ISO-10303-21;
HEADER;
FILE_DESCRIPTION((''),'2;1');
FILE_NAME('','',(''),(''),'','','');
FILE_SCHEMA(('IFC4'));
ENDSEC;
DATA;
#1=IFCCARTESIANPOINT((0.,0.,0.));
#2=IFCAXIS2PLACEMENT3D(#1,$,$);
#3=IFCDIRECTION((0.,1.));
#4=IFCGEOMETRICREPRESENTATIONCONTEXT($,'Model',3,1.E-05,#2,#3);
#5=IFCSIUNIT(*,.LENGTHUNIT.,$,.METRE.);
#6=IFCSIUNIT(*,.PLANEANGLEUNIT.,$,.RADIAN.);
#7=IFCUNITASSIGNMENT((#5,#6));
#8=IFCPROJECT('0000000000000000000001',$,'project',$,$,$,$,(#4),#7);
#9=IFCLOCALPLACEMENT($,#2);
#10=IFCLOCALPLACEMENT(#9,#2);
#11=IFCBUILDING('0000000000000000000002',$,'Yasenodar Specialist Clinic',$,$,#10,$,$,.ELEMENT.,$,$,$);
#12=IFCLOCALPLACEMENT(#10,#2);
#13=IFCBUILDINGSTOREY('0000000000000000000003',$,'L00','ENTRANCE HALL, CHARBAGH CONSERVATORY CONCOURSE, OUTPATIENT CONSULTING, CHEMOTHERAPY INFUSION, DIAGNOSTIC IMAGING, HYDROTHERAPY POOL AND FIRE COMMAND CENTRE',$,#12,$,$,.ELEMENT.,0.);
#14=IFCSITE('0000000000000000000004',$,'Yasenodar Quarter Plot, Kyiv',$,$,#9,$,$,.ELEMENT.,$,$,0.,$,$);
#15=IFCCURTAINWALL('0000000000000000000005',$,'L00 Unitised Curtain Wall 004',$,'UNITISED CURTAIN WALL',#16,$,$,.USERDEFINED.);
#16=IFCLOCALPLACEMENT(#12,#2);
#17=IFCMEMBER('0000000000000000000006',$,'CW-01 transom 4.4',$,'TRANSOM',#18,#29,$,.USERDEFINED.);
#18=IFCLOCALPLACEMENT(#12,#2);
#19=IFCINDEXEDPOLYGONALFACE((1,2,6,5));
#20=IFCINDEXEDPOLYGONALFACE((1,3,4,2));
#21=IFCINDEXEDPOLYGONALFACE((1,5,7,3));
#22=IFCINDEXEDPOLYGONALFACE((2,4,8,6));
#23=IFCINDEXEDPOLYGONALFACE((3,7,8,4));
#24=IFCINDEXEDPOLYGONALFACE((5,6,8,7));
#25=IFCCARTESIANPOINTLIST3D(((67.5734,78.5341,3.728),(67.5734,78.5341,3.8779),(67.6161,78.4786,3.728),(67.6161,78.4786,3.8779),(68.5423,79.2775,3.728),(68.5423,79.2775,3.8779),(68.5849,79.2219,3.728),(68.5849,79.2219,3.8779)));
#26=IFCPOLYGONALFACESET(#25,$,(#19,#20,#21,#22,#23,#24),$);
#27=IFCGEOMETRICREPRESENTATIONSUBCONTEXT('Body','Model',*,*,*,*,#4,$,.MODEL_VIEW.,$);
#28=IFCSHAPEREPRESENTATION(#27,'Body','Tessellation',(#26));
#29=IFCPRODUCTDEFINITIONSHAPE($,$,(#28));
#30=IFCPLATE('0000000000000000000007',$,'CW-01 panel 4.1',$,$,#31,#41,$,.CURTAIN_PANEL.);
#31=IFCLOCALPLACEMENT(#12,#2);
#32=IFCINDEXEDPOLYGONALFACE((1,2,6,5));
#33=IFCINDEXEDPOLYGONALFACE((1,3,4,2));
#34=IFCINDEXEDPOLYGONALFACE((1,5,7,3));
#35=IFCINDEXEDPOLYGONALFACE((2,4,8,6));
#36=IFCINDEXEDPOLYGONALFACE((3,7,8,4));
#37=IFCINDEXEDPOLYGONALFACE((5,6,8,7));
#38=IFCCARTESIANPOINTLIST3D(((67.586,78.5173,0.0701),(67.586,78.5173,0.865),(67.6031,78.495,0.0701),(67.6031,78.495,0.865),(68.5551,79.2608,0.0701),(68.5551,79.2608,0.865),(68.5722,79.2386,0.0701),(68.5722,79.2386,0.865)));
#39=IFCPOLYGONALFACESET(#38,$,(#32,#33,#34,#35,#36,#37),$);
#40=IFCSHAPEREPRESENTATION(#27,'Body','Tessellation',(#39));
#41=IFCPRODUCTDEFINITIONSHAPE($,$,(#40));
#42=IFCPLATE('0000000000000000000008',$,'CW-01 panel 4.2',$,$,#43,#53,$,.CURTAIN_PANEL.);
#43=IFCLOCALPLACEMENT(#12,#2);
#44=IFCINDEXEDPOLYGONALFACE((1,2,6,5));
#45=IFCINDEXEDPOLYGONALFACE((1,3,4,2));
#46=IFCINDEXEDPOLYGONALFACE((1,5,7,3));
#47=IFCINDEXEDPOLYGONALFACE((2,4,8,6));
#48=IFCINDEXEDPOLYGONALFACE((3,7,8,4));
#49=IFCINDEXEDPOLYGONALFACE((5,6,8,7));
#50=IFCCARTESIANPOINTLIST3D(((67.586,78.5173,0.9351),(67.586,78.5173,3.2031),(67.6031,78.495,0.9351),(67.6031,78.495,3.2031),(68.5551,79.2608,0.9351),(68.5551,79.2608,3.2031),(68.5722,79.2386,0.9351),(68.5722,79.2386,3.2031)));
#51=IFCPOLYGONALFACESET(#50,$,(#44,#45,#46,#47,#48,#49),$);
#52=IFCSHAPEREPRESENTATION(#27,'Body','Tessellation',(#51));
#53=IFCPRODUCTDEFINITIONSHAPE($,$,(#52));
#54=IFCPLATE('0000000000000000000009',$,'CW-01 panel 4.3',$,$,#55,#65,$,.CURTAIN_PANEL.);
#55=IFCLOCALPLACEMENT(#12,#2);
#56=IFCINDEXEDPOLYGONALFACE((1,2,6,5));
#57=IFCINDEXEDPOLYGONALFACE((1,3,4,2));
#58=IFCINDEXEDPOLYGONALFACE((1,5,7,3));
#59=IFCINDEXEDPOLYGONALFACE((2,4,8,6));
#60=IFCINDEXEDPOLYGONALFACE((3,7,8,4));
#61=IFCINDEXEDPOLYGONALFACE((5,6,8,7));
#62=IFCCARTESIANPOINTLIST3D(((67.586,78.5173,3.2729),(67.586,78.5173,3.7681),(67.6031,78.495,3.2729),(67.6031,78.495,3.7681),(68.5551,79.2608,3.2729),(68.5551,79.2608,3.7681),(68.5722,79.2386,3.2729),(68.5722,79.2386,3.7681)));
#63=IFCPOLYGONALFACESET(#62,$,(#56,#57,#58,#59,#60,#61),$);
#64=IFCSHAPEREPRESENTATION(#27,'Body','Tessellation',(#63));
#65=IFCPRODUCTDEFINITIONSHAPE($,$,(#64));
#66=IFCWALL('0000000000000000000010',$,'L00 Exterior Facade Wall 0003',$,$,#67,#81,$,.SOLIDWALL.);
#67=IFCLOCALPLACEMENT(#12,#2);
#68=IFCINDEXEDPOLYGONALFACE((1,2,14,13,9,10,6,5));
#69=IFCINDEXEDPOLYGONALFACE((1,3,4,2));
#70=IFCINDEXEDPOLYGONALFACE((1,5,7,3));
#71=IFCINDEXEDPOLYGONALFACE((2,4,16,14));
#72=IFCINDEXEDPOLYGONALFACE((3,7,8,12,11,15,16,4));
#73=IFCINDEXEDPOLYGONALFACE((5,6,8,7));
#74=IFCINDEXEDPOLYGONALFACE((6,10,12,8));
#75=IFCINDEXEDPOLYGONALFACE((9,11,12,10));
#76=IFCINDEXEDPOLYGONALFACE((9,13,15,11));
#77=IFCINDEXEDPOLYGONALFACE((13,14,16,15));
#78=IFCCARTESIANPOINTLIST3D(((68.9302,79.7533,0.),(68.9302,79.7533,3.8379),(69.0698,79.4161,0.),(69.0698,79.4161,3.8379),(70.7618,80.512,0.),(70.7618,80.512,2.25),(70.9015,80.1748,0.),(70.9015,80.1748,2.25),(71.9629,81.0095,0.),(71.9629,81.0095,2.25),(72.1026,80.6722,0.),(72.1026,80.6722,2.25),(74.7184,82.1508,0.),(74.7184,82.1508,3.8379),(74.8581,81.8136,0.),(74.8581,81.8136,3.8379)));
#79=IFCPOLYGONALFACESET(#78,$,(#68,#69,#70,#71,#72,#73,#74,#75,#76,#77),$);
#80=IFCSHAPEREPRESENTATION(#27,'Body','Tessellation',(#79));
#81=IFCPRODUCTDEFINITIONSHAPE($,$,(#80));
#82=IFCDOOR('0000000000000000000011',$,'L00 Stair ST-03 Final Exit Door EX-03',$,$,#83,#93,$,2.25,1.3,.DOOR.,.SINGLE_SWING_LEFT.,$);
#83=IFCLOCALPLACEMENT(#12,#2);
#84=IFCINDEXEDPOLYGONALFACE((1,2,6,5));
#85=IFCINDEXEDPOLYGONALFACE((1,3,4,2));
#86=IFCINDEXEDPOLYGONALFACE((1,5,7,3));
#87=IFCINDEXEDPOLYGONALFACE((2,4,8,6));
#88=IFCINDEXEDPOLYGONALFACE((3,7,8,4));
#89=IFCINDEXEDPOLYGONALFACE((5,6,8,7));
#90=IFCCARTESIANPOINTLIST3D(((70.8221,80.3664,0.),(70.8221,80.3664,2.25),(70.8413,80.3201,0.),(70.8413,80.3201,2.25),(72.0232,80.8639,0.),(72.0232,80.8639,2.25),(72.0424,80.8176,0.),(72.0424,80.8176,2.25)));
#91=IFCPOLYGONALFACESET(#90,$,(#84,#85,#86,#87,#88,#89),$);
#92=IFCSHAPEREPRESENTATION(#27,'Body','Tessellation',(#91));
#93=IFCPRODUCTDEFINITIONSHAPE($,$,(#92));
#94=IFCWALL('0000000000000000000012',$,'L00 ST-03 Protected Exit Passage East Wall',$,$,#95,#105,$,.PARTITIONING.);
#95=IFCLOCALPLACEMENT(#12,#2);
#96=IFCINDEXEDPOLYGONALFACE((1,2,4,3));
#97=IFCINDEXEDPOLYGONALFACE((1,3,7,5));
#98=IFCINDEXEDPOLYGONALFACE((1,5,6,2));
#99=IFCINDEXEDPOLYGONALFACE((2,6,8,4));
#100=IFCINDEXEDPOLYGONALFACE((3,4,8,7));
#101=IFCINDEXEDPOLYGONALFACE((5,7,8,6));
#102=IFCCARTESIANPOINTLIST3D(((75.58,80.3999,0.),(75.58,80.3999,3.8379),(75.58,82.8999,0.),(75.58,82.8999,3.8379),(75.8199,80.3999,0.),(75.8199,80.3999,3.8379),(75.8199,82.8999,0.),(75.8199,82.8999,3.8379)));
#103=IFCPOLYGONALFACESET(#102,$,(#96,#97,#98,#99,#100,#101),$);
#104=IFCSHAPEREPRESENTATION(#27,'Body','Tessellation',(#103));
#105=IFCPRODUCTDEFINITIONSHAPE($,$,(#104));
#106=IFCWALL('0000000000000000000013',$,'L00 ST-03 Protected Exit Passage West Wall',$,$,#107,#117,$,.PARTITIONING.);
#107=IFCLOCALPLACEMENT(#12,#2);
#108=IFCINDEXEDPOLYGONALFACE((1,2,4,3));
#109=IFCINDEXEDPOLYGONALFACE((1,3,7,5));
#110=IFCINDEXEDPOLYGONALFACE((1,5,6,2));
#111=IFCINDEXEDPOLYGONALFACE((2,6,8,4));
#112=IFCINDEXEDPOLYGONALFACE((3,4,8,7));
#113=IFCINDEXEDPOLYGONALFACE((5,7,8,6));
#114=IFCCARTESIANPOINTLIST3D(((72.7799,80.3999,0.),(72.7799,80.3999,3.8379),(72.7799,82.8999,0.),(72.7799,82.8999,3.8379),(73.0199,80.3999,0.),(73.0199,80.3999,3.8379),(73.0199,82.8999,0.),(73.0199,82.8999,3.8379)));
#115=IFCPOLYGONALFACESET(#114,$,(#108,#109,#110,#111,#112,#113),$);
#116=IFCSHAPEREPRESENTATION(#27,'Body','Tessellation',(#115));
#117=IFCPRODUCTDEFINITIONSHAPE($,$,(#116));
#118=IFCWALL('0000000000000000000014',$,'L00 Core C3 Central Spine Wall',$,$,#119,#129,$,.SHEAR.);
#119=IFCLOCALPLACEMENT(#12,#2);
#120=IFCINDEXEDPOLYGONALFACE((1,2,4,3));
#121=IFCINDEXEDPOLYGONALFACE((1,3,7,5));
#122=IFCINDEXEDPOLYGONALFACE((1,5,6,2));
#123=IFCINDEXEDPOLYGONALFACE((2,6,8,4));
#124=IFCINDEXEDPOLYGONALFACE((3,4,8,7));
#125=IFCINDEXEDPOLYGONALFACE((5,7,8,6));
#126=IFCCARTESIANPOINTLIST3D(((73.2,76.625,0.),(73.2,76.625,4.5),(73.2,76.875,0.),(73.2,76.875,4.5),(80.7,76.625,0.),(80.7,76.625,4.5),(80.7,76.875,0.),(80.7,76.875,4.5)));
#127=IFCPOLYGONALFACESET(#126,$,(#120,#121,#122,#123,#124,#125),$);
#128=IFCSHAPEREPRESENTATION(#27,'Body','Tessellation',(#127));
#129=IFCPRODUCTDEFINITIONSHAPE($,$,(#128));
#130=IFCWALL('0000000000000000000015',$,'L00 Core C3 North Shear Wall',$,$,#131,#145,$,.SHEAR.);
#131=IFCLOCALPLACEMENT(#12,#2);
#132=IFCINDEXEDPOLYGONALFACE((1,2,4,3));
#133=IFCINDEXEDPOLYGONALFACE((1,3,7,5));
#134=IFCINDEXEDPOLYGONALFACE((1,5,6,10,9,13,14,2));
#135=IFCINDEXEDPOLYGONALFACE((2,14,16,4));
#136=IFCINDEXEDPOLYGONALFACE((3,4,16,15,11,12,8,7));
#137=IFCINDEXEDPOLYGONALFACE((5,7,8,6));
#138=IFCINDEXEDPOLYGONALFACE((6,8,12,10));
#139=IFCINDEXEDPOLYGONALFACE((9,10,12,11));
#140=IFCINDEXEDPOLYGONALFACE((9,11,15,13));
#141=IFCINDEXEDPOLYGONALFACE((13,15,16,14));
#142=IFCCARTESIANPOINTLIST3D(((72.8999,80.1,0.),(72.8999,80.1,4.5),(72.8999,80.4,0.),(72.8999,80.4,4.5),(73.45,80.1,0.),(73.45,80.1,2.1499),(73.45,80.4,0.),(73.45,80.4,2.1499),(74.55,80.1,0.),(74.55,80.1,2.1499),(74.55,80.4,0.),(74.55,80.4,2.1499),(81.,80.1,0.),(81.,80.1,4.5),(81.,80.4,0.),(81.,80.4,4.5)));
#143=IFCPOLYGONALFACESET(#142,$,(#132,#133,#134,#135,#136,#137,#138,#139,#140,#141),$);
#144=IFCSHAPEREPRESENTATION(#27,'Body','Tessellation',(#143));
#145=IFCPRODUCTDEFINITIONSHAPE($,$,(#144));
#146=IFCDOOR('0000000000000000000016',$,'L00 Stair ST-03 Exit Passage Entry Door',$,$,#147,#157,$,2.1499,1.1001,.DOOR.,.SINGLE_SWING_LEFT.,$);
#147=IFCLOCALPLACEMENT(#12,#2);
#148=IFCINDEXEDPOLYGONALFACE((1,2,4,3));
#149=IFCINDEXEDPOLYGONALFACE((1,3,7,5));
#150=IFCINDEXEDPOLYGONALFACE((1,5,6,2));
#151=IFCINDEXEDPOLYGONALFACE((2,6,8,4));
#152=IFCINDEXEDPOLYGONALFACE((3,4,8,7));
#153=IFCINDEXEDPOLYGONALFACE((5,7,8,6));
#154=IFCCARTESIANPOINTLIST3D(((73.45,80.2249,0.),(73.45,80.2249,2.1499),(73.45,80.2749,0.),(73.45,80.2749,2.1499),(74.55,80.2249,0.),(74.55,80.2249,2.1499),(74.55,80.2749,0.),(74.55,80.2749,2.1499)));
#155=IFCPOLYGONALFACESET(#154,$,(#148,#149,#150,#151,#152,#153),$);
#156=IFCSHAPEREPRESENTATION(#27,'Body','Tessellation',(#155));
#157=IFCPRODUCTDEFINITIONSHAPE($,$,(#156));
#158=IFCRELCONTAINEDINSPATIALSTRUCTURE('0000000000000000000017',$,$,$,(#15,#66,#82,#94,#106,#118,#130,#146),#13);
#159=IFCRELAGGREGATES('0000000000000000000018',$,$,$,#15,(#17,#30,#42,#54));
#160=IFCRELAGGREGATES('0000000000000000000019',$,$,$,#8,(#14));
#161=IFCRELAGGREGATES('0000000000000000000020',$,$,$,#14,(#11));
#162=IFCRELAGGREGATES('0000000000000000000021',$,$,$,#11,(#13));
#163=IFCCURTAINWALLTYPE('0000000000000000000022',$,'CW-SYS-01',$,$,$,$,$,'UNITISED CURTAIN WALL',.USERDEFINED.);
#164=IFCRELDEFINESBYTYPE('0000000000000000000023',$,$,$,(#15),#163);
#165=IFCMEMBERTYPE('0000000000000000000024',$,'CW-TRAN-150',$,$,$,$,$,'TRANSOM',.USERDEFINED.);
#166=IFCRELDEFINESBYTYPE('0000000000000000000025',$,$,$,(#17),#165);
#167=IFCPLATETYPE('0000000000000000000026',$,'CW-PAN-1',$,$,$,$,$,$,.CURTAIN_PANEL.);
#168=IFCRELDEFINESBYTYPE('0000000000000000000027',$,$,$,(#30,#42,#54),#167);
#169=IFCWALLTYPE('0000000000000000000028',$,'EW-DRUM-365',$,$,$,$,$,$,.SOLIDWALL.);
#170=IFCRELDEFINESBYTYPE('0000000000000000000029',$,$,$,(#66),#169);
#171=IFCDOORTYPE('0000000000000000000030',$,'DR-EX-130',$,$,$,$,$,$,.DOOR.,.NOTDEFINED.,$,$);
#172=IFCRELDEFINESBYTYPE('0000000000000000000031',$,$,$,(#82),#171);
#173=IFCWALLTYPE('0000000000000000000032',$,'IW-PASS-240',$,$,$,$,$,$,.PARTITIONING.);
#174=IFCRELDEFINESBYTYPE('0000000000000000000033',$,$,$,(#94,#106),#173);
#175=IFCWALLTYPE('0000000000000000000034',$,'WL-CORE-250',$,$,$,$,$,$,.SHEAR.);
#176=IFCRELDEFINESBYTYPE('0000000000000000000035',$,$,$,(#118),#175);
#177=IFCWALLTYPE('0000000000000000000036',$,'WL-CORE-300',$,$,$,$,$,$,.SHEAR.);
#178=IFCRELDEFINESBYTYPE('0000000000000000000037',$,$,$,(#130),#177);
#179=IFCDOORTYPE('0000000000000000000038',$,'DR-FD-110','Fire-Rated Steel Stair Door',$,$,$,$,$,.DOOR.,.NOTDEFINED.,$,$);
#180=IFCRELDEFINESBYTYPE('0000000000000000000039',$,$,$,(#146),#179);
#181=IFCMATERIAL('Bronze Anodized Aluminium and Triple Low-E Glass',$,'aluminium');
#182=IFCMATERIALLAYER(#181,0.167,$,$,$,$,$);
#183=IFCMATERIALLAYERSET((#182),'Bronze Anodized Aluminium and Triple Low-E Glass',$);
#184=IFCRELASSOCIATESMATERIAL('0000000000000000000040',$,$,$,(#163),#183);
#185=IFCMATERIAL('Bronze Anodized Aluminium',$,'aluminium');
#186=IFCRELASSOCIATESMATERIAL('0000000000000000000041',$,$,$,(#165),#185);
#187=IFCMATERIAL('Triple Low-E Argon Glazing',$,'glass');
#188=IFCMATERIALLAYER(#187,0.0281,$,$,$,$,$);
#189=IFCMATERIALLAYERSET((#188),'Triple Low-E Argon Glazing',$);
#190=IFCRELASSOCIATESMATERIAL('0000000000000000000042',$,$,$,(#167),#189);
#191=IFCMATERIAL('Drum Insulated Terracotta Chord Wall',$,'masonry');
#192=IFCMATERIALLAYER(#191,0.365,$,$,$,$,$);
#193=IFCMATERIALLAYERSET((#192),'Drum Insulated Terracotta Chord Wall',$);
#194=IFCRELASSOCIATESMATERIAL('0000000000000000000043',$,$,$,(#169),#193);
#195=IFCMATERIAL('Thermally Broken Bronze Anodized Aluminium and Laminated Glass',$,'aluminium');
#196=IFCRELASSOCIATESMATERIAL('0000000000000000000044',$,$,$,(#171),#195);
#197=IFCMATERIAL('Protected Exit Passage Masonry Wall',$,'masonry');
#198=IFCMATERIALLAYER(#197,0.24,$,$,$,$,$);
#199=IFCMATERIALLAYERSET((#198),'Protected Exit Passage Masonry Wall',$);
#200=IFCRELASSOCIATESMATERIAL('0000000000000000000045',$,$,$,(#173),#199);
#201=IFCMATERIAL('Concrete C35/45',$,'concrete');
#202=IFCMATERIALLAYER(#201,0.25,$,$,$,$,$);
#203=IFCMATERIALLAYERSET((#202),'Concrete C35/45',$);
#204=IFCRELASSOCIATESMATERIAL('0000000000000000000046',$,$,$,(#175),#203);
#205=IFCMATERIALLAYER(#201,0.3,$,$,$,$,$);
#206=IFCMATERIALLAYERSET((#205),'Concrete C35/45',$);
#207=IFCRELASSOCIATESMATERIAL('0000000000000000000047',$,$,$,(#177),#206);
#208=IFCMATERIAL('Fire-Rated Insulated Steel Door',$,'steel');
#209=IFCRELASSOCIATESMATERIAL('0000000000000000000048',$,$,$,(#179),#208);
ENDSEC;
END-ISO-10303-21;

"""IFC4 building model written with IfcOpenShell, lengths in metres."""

from ifc_helpers import new_model, si_unit, direction, frame, frame_2d, origin, origin_2d, place, context, subcontext, project, spatial, rectangle, extrude, material, layer, layer_set, material_profile, profile_set, type_object, element, fill, aggregate, save


model = new_model("IFC4")

# Units and contexts
model_context = context("Model", 3, precision=1e-05, world=origin(), true_north=direction((0.0, 1.0)))
body_context = subcontext(model_context, "Body", "Model", "MODEL_VIEW")
ifc_project = project(units=[si_unit("LENGTHUNIT", "METRE"), si_unit("PLANEANGLEUNIT", "RADIAN")], contexts=[model_context])

# Site, building, storey
site_placement = place(None, origin())
site = spatial("IfcSite", under=ifc_project, at=site_placement, Name="Yasenodar Quarter Plot, Kyiv", CompositionType="ELEMENT", RefElevation=0.0)
building_placement = place(site_placement, origin())
building = spatial("IfcBuilding", under=site, at=building_placement, Name="Yasenodar Specialist Clinic", CompositionType="ELEMENT")
storey_placement = place(building_placement, origin())
storey = spatial("IfcBuildingStorey", under=building, at=storey_placement, Name="L00", Description="ENTRANCE HALL, CHARBAGH CONSERVATORY CONCOURSE, OUTPATIENT CONSULTING, CHEMOTHERAPY INFUSION, DIAGNOSTIC IMAGING, HYDROTHERAPY POOL AND FIRE COMMAND CENTRE", CompositionType="ELEMENT", Elevation=0.0)

# Curtain wall, member, plates
ifc_material_1 = material(Name="Bronze Anodized Aluminium and Triple Low-E Glass", Category="aluminium")
ifc_layer_1 = layer(ifc_material_1, 0.167)
ifc_layer_set_1 = layer_set([ifc_layer_1], Name="Bronze Anodized Aluminium and Triple Low-E Glass")
curtain_wall_type = type_object("IfcCurtainWallType", Name="CW-SYS-01", ElementType="UNITISED CURTAIN WALL", PredefinedType="USERDEFINED", material=ifc_layer_set_1)
curtain_wall_placement = place(storey_placement, origin())
curtain_wall = element("IfcCurtainWall", 1, at=curtain_wall_placement, inside=storey, type_object=curtain_wall_type, Name="L00 Unitised Curtain Wall 004", ObjectType="UNITISED CURTAIN WALL", PredefinedType="USERDEFINED")
ifc_material_2 = material(Name="Bronze Anodized Aluminium", Category="aluminium")
ifc_material_profile_1 = material_profile(ifc_material_2, rectangle(XDim=0.0701, YDim=0.1499, at=origin_2d()), Name="CW-TRAN 70x150")
ifc_profile_set_1 = profile_set([ifc_material_profile_1], Name="Bronze Anodized Aluminium")
member_type_1 = type_object("IfcMemberType", Name="CW-TRAN-150", ElementType="TRANSOM", PredefinedType="USERDEFINED", material=ifc_profile_set_1)
member_1_placement = place(storey_placement, frame((67.5947, 78.5063, 3.803), z_axis=(0.793404, 0.608696, 0.0), x_axis=(-0.608696, 0.793404, 0.0)))
member_1 = element("IfcMember", 2, at=member_1_placement, type_object=member_type_1, Name="CW-01 transom 4.4", ObjectType="TRANSOM", PredefinedType="USERDEFINED", context=body_context, shape_type="SweptSolid", body=[
    extrude(rectangle(XDim=0.0701, YDim=0.1499, at=origin_2d()), origin(), (0.0, 0.0, 1.0), 1.2212),
])
ifc_material_3 = material(Name="Triple Low-E Argon Glazing", Category="glass")
ifc_layer_2 = layer(ifc_material_3, 0.0281)
ifc_layer_set_2 = layer_set([ifc_layer_2], Name="Triple Low-E Argon Glazing")
plate_type = type_object("IfcPlateType", Name="CW-PAN-1", PredefinedType="CURTAIN_PANEL", material=ifc_layer_set_2)
plate_1_placement = place(storey_placement, frame((68.0791, 78.8779, 0.0701), z_axis=(0.0, 0.0, 1.0), x_axis=(0.793361, 0.608752, 0.0)))
plate_1 = element("IfcPlate", 3, at=plate_1_placement, type_object=plate_type, Name="CW-01 panel 4.1", PredefinedType="CURTAIN_PANEL", context=body_context, shape_type="SweptSolid", body=[
    extrude(rectangle(XDim=1.2214, YDim=0.0281, at=origin_2d()), origin(), (0.0, 0.0, 1.0), 0.7949),
])
plate_2_placement = place(storey_placement, frame((68.0791, 78.8779, 0.9351), z_axis=(0.0, 0.0, 1.0), x_axis=(0.793361, 0.608752, 0.0)))
plate_2 = element("IfcPlate", 4, at=plate_2_placement, type_object=plate_type, Name="CW-01 panel 4.2", PredefinedType="CURTAIN_PANEL", context=body_context, shape_type="SweptSolid", body=[
    extrude(rectangle(XDim=1.2214, YDim=0.0281, at=origin_2d()), origin(), (0.0, 0.0, 1.0), 2.2681),
])
plate_3_placement = place(storey_placement, frame((68.0791, 78.8779, 3.2729), z_axis=(0.0, 0.0, 1.0), x_axis=(0.793361, 0.608752, 0.0)))
plate_3 = element("IfcPlate", 5, at=plate_3_placement, type_object=plate_type, Name="CW-01 panel 4.3", PredefinedType="CURTAIN_PANEL", context=body_context, shape_type="SweptSolid", body=[
    extrude(rectangle(XDim=1.2214, YDim=0.0281, at=origin_2d()), origin(), (0.0, 0.0, 1.0), 0.4951),
])
aggregate(curtain_wall, [member_1, plate_1, plate_2, plate_3])

# Wall, opening, door
ifc_material_4 = material(Name="Drum Insulated Terracotta Chord Wall", Category="masonry")
ifc_layer_3 = layer(ifc_material_4, 0.365)
ifc_layer_set_3 = layer_set([ifc_layer_3], Name="Drum Insulated Terracotta Chord Wall")
wall_type_1 = type_object("IfcWallType", Name="EW-DRUM-365", PredefinedType="SOLIDWALL", material=ifc_layer_set_3)
wall_1_placement = place(storey_placement, frame((69.0, 79.5847, 0.0), z_axis=(0.0, 0.0, 1.0), x_axis=(0.923888, 0.382664, 0.0)))
wall_1 = element("IfcWall", 6, at=wall_1_placement, inside=storey, type_object=wall_type_1, Name="L00 Exterior Facade Wall 0003", PredefinedType="SOLIDWALL", context=body_context, shape_type="SweptSolid", body=[
    extrude(rectangle(XDim=6.2651, YDim=0.365, at=frame_2d((3.1326, 0.0))), origin(), (0.0, 0.0, 1.0), 3.8379),
])
opening_1_placement = place(wall_1_placement, frame((1.9827, 0.0, 0.0)))
opening_1 = element("IfcOpeningElement", 7, at=opening_1_placement, cuts=wall_1, PredefinedType="OPENING", context=body_context, shape_type="SweptSolid", body=[
    extrude(rectangle(XDim=1.3, YDim=2.25, at=frame_2d((0.6499, 1.125))), frame((0.0, 0.1924, 0.0), z_axis=(0.0, -1.0, 0.0), x_axis=(1.0, 0.0, 0.0)), (0.0, 0.0, 1.0), 0.385),
])
ifc_material_5 = material(Name="Thermally Broken Bronze Anodized Aluminium and Laminated Glass", Category="aluminium")
door_type_1 = type_object("IfcDoorType", Name="DR-EX-130", OperationType="NOTDEFINED", PredefinedType="DOOR", material=ifc_material_5)
door_1_placement = place(opening_1_placement, origin())
door_1 = element("IfcDoor", 8, at=door_1_placement, inside=storey, type_object=door_type_1, Name="L00 Stair ST-03 Final Exit Door EX-03", OperationType="SINGLE_SWING_LEFT", OverallHeight=2.25, OverallWidth=1.3, PredefinedType="DOOR", context=body_context, shape_type="SweptSolid", body=[
    extrude(rectangle(XDim=1.3, YDim=2.25, at=frame_2d((0.6499, 1.125))), frame((0.0, 0.0249, 0.0), z_axis=(0.0, -1.0, 0.0), x_axis=(1.0, 0.0, 0.0)), (0.0, 0.0, 1.0), 0.05),
])
fill(opening_1, door_1)

# Walls
ifc_material_6 = material(Name="Protected Exit Passage Masonry Wall", Category="masonry")
ifc_layer_4 = layer(ifc_material_6, 0.24)
ifc_layer_set_4 = layer_set([ifc_layer_4], Name="Protected Exit Passage Masonry Wall")
wall_type_2 = type_object("IfcWallType", Name="IW-PASS-240", PredefinedType="PARTITIONING", material=ifc_layer_set_4)
for number, where, z_axis, x_axis, name in (
    (9, (75.7, 80.3999, 0.0), (0.0, 0.0, 1.0), (0.0, 1.0, 0.0), "L00 ST-03 Protected Exit Passage East Wall"),
    (10, (72.8999, 80.3999, 0.0), (0.0, 0.0, 1.0), (0.0, 1.0, 0.0), "L00 ST-03 Protected Exit Passage West Wall"),
):
    element("IfcWall", number, at=place(storey_placement, frame(where, z_axis=z_axis, x_axis=x_axis)), inside=storey, type_object=wall_type_2, Name=name, PredefinedType="PARTITIONING", context=body_context, shape_type="SweptSolid", body=[
        extrude(rectangle(XDim=2.5, YDim=0.24, at=frame_2d((1.25, 0.0))), origin(), (0.0, 0.0, 1.0), 3.8379),
    ])
ifc_material_7 = material(Name="Concrete C35/45", Category="concrete")
ifc_layer_5 = layer(ifc_material_7, 0.25)
ifc_layer_set_5 = layer_set([ifc_layer_5], Name="Concrete C35/45")
wall_type_3 = type_object("IfcWallType", Name="WL-CORE-250", PredefinedType="SHEAR", material=ifc_layer_set_5)
wall_2_placement = place(storey_placement, frame((73.2, 76.75, 0.0), z_axis=(0.0, 0.0, 1.0), x_axis=(1.0, 0.0, 0.0)))
element("IfcWall", 11, at=wall_2_placement, inside=storey, type_object=wall_type_3, Name="L00 Core C3 Central Spine Wall", PredefinedType="SHEAR", context=body_context, shape_type="SweptSolid", body=[
    extrude(rectangle(XDim=7.5, YDim=0.25, at=frame_2d((3.75, 0.0))), origin(), (0.0, 0.0, 1.0), 4.5),
])

# Wall, opening, door
ifc_layer_6 = layer(ifc_material_7, 0.3)
ifc_layer_set_6 = layer_set([ifc_layer_6], Name="Concrete C35/45")
wall_type_4 = type_object("IfcWallType", Name="WL-CORE-300", PredefinedType="SHEAR", material=ifc_layer_set_6)
wall_3_placement = place(storey_placement, frame((72.8999, 80.25, 0.0), z_axis=(0.0, 0.0, 1.0), x_axis=(1.0, 0.0, 0.0)))
wall_3 = element("IfcWall", 12, at=wall_3_placement, inside=storey, type_object=wall_type_4, Name="L00 Core C3 North Shear Wall", PredefinedType="SHEAR", context=body_context, shape_type="SweptSolid", body=[
    extrude(rectangle(XDim=8.1001, YDim=0.3, at=frame_2d((4.05, 0.0))), origin(), (0.0, 0.0, 1.0), 4.5),
])
opening_2_placement = place(wall_3_placement, frame((0.55, 0.0, 0.0)))
opening_2 = element("IfcOpeningElement", 13, at=opening_2_placement, cuts=wall_3, PredefinedType="OPENING", context=body_context, shape_type="SweptSolid", body=[
    extrude(rectangle(XDim=1.1001, YDim=2.1499, at=frame_2d((0.55, 1.075))), frame((0.0, 0.1602, 0.0), z_axis=(0.0, -1.0, 0.0), x_axis=(1.0, 0.0, 0.0)), (0.0, 0.0, 1.0), 0.3201),
])
ifc_material_8 = material(Name="Fire-Rated Insulated Steel Door", Category="steel")
door_type_2 = type_object("IfcDoorType", Name="DR-FD-110", Description="Fire-Rated Steel Stair Door", OperationType="NOTDEFINED", PredefinedType="DOOR", material=ifc_material_8)
door_2_placement = place(opening_2_placement, origin())
door_2 = element("IfcDoor", 14, at=door_2_placement, inside=storey, type_object=door_type_2, Name="L00 Stair ST-03 Exit Passage Entry Door", OperationType="SINGLE_SWING_LEFT", OverallHeight=2.1499, OverallWidth=1.1001, PredefinedType="DOOR", context=body_context, shape_type="SweptSolid", body=[
    extrude(rectangle(XDim=1.1001, YDim=2.1499, at=frame_2d((0.55, 1.075))), frame((0.0, 0.0249, 0.0), z_axis=(0.0, -1.0, 0.0), x_axis=(1.0, 0.0, 0.0)), (0.0, 0.0, 1.0), 0.05),
])
fill(opening_2, door_2)

save(model, "model.ifc")
